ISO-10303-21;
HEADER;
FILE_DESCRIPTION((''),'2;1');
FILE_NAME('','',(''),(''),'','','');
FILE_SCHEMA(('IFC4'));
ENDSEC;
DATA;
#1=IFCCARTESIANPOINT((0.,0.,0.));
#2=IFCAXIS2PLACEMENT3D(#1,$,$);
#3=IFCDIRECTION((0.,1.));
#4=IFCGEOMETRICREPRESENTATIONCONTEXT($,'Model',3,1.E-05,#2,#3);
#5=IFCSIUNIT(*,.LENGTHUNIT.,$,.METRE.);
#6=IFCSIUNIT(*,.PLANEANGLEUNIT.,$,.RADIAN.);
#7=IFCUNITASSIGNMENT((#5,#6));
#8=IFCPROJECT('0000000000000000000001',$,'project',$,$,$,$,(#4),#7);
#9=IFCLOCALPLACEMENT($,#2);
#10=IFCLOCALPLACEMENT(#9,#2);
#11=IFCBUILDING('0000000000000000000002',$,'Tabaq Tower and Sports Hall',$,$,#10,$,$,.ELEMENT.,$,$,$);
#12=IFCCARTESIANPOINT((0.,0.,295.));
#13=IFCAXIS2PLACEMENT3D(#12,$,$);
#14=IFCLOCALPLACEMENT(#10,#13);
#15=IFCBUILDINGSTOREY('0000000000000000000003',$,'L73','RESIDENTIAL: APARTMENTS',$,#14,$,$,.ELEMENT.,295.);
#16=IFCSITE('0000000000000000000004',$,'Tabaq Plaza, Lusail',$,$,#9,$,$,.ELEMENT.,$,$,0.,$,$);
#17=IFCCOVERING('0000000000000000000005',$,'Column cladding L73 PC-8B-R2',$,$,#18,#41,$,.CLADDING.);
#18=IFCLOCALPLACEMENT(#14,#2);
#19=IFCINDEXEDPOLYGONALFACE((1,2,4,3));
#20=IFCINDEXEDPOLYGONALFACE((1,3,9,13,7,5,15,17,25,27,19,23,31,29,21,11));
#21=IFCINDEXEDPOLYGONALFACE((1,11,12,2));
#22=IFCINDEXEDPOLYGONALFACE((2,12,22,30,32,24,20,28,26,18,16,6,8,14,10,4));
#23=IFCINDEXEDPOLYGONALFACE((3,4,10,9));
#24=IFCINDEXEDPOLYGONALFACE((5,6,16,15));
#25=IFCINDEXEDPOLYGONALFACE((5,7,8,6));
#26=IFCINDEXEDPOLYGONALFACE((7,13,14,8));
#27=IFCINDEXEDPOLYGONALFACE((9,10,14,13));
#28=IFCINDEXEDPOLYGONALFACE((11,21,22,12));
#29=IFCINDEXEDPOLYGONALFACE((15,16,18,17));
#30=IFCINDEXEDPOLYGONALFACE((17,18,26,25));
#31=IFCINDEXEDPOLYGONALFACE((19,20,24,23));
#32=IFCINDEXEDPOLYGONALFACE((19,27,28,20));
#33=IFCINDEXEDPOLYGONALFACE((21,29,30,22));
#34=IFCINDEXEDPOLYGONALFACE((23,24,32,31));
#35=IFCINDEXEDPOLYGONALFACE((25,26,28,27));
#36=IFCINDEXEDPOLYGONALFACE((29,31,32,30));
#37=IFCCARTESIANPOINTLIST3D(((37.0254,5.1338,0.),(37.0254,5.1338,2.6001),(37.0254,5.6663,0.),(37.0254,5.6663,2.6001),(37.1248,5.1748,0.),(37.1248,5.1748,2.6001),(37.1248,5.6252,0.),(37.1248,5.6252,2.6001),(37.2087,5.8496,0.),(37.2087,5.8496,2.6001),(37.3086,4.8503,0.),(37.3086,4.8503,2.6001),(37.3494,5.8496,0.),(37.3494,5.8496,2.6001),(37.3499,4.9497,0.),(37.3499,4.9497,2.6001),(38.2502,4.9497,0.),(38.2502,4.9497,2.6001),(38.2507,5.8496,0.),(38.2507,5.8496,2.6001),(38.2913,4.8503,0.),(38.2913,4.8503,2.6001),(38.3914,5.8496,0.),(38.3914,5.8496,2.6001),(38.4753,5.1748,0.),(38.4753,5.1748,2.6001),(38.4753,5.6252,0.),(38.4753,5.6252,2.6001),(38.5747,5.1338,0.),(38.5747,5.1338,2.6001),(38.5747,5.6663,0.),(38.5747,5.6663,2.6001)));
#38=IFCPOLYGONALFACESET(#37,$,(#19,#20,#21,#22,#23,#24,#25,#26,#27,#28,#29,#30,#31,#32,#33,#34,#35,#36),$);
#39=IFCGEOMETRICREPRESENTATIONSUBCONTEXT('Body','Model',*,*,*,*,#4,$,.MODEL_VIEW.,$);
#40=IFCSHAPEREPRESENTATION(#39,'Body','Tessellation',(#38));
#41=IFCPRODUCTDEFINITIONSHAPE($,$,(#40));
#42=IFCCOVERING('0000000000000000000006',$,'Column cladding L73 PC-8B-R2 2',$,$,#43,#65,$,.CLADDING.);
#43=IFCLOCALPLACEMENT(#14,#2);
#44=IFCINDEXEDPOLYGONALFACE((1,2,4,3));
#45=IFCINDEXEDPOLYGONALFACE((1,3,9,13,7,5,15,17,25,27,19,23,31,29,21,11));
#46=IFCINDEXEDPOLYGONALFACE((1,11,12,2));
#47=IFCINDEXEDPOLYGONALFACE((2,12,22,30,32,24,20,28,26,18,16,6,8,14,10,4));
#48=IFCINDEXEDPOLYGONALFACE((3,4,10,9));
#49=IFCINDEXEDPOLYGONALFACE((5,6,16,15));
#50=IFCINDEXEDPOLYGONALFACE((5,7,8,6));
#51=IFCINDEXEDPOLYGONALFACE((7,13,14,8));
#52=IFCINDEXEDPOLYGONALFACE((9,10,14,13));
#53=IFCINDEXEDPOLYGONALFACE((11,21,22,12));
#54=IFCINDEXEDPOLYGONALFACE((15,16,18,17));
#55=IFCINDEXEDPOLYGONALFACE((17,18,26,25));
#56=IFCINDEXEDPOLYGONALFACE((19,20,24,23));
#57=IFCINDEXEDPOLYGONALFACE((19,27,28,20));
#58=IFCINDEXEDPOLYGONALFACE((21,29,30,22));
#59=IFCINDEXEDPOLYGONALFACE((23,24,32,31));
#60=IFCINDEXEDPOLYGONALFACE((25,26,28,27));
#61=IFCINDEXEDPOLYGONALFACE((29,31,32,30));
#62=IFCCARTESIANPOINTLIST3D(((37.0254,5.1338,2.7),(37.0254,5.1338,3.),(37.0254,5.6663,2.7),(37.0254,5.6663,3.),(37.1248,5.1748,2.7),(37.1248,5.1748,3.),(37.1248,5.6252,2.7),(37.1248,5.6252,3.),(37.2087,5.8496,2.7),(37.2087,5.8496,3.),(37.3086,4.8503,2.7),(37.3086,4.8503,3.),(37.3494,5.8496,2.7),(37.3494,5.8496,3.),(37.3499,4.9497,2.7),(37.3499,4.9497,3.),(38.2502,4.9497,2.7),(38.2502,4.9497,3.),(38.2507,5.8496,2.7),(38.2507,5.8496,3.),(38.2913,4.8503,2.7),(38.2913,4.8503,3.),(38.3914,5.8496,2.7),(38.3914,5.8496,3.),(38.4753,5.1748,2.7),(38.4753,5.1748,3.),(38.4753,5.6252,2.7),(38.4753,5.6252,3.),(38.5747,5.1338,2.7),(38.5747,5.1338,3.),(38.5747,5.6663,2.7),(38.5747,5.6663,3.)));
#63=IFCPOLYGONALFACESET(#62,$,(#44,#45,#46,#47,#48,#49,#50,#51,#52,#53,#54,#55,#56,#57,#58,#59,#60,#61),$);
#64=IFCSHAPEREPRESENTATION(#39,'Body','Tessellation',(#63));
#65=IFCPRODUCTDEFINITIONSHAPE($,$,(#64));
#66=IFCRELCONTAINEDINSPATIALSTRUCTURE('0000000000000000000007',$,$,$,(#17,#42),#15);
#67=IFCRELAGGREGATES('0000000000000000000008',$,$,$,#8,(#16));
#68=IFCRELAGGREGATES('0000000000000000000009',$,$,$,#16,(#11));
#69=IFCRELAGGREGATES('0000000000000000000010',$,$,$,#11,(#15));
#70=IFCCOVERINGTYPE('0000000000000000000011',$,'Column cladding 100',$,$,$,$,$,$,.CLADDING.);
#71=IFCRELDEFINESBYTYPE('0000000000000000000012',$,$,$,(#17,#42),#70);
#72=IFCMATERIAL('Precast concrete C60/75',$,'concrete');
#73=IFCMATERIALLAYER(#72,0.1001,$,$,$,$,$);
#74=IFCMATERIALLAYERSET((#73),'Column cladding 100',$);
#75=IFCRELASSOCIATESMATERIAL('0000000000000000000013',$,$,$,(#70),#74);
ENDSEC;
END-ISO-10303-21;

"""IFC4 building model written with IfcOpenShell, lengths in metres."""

from ifc_helpers import new_model, si_unit, direction, frame, origin, place, context, subcontext, project, spatial, polyline, outline, extrude, material, layer, layer_set, type_object, element, save


model = new_model("IFC4")

# Units and contexts
model_context = context("Model", 3, precision=1e-05, world=origin(), true_north=direction((0.0, 1.0)))
body_context = subcontext(model_context, "Body", "Model", "MODEL_VIEW")
ifc_project = project(units=[si_unit("LENGTHUNIT", "METRE"), si_unit("PLANEANGLEUNIT", "RADIAN")], contexts=[model_context])

# Site, building, storey
site_placement = place(None, origin())
site = spatial("IfcSite", under=ifc_project, at=site_placement, Name="Tabaq Plaza, Lusail", CompositionType="ELEMENT", RefElevation=0.0)
building_placement = place(site_placement, origin())
building = spatial("IfcBuilding", under=site, at=building_placement, Name="Tabaq Tower and Sports Hall", CompositionType="ELEMENT")
storey_placement = place(building_placement, frame((0.0, 0.0, 295.0)))
storey = spatial("IfcBuildingStorey", under=building, at=storey_placement, Name="L73", Description="RESIDENTIAL: APARTMENTS", CompositionType="ELEMENT", Elevation=295.0)

# Coverings
ifc_material_1 = material(Name="Precast concrete C60/75", Category="concrete")
ifc_layer_1 = layer(ifc_material_1, 0.1001)
ifc_layer_set_1 = layer_set([ifc_layer_1], Name="Column cladding 100")
covering_type = type_object("IfcCoveringType", Name="Column cladding 100", PredefinedType="CLADDING", material=ifc_layer_set_1)
covering_1_placement = place(storey_placement, origin())
element("IfcCovering", 1, at=covering_1_placement, inside=storey, type_object=covering_type, Name="Column cladding L73 PC-8B-R2", PredefinedType="CLADDING", context=body_context, shape_type="SweptSolid", body=[
    extrude(outline(polyline([(37.0254, 5.6663), (37.2087, 5.8496), (37.3494, 5.8496), (37.1248, 5.6252), (37.1248, 5.1748), (37.3499, 4.9497), (38.2502, 4.9497), (38.4753, 5.1748), (38.4753, 5.6252), (38.2507, 5.8496), (38.3914, 5.8496), (38.5747, 5.6663), (38.5747, 5.1338), (38.2913, 4.8503), (37.3086, 4.8503), (37.0254, 5.1338), (37.0254, 5.6663)])), origin(), (0.0, 0.0, 1.0), 2.6001),
])
covering_2_placement = place(storey_placement, frame((0.0, 0.0, 2.7)))
element("IfcCovering", 2, at=covering_2_placement, inside=storey, type_object=covering_type, Name="Column cladding L73 PC-8B-R2 2", PredefinedType="CLADDING", context=body_context, shape_type="SweptSolid", body=[
    extrude(outline(polyline([(37.0254, 5.6663), (37.2087, 5.8496), (37.3494, 5.8496), (37.1248, 5.6252), (37.1248, 5.1748), (37.3499, 4.9497), (38.2502, 4.9497), (38.4753, 5.1748), (38.4753, 5.6252), (38.2507, 5.8496), (38.3914, 5.8496), (38.5747, 5.6663), (38.5747, 5.1338), (38.2913, 4.8503), (37.3086, 4.8503), (37.0254, 5.1338), (37.0254, 5.6663)])), origin(), (0.0, 0.0, 1.0), 0.3),
])

save(model, "model.ifc")
